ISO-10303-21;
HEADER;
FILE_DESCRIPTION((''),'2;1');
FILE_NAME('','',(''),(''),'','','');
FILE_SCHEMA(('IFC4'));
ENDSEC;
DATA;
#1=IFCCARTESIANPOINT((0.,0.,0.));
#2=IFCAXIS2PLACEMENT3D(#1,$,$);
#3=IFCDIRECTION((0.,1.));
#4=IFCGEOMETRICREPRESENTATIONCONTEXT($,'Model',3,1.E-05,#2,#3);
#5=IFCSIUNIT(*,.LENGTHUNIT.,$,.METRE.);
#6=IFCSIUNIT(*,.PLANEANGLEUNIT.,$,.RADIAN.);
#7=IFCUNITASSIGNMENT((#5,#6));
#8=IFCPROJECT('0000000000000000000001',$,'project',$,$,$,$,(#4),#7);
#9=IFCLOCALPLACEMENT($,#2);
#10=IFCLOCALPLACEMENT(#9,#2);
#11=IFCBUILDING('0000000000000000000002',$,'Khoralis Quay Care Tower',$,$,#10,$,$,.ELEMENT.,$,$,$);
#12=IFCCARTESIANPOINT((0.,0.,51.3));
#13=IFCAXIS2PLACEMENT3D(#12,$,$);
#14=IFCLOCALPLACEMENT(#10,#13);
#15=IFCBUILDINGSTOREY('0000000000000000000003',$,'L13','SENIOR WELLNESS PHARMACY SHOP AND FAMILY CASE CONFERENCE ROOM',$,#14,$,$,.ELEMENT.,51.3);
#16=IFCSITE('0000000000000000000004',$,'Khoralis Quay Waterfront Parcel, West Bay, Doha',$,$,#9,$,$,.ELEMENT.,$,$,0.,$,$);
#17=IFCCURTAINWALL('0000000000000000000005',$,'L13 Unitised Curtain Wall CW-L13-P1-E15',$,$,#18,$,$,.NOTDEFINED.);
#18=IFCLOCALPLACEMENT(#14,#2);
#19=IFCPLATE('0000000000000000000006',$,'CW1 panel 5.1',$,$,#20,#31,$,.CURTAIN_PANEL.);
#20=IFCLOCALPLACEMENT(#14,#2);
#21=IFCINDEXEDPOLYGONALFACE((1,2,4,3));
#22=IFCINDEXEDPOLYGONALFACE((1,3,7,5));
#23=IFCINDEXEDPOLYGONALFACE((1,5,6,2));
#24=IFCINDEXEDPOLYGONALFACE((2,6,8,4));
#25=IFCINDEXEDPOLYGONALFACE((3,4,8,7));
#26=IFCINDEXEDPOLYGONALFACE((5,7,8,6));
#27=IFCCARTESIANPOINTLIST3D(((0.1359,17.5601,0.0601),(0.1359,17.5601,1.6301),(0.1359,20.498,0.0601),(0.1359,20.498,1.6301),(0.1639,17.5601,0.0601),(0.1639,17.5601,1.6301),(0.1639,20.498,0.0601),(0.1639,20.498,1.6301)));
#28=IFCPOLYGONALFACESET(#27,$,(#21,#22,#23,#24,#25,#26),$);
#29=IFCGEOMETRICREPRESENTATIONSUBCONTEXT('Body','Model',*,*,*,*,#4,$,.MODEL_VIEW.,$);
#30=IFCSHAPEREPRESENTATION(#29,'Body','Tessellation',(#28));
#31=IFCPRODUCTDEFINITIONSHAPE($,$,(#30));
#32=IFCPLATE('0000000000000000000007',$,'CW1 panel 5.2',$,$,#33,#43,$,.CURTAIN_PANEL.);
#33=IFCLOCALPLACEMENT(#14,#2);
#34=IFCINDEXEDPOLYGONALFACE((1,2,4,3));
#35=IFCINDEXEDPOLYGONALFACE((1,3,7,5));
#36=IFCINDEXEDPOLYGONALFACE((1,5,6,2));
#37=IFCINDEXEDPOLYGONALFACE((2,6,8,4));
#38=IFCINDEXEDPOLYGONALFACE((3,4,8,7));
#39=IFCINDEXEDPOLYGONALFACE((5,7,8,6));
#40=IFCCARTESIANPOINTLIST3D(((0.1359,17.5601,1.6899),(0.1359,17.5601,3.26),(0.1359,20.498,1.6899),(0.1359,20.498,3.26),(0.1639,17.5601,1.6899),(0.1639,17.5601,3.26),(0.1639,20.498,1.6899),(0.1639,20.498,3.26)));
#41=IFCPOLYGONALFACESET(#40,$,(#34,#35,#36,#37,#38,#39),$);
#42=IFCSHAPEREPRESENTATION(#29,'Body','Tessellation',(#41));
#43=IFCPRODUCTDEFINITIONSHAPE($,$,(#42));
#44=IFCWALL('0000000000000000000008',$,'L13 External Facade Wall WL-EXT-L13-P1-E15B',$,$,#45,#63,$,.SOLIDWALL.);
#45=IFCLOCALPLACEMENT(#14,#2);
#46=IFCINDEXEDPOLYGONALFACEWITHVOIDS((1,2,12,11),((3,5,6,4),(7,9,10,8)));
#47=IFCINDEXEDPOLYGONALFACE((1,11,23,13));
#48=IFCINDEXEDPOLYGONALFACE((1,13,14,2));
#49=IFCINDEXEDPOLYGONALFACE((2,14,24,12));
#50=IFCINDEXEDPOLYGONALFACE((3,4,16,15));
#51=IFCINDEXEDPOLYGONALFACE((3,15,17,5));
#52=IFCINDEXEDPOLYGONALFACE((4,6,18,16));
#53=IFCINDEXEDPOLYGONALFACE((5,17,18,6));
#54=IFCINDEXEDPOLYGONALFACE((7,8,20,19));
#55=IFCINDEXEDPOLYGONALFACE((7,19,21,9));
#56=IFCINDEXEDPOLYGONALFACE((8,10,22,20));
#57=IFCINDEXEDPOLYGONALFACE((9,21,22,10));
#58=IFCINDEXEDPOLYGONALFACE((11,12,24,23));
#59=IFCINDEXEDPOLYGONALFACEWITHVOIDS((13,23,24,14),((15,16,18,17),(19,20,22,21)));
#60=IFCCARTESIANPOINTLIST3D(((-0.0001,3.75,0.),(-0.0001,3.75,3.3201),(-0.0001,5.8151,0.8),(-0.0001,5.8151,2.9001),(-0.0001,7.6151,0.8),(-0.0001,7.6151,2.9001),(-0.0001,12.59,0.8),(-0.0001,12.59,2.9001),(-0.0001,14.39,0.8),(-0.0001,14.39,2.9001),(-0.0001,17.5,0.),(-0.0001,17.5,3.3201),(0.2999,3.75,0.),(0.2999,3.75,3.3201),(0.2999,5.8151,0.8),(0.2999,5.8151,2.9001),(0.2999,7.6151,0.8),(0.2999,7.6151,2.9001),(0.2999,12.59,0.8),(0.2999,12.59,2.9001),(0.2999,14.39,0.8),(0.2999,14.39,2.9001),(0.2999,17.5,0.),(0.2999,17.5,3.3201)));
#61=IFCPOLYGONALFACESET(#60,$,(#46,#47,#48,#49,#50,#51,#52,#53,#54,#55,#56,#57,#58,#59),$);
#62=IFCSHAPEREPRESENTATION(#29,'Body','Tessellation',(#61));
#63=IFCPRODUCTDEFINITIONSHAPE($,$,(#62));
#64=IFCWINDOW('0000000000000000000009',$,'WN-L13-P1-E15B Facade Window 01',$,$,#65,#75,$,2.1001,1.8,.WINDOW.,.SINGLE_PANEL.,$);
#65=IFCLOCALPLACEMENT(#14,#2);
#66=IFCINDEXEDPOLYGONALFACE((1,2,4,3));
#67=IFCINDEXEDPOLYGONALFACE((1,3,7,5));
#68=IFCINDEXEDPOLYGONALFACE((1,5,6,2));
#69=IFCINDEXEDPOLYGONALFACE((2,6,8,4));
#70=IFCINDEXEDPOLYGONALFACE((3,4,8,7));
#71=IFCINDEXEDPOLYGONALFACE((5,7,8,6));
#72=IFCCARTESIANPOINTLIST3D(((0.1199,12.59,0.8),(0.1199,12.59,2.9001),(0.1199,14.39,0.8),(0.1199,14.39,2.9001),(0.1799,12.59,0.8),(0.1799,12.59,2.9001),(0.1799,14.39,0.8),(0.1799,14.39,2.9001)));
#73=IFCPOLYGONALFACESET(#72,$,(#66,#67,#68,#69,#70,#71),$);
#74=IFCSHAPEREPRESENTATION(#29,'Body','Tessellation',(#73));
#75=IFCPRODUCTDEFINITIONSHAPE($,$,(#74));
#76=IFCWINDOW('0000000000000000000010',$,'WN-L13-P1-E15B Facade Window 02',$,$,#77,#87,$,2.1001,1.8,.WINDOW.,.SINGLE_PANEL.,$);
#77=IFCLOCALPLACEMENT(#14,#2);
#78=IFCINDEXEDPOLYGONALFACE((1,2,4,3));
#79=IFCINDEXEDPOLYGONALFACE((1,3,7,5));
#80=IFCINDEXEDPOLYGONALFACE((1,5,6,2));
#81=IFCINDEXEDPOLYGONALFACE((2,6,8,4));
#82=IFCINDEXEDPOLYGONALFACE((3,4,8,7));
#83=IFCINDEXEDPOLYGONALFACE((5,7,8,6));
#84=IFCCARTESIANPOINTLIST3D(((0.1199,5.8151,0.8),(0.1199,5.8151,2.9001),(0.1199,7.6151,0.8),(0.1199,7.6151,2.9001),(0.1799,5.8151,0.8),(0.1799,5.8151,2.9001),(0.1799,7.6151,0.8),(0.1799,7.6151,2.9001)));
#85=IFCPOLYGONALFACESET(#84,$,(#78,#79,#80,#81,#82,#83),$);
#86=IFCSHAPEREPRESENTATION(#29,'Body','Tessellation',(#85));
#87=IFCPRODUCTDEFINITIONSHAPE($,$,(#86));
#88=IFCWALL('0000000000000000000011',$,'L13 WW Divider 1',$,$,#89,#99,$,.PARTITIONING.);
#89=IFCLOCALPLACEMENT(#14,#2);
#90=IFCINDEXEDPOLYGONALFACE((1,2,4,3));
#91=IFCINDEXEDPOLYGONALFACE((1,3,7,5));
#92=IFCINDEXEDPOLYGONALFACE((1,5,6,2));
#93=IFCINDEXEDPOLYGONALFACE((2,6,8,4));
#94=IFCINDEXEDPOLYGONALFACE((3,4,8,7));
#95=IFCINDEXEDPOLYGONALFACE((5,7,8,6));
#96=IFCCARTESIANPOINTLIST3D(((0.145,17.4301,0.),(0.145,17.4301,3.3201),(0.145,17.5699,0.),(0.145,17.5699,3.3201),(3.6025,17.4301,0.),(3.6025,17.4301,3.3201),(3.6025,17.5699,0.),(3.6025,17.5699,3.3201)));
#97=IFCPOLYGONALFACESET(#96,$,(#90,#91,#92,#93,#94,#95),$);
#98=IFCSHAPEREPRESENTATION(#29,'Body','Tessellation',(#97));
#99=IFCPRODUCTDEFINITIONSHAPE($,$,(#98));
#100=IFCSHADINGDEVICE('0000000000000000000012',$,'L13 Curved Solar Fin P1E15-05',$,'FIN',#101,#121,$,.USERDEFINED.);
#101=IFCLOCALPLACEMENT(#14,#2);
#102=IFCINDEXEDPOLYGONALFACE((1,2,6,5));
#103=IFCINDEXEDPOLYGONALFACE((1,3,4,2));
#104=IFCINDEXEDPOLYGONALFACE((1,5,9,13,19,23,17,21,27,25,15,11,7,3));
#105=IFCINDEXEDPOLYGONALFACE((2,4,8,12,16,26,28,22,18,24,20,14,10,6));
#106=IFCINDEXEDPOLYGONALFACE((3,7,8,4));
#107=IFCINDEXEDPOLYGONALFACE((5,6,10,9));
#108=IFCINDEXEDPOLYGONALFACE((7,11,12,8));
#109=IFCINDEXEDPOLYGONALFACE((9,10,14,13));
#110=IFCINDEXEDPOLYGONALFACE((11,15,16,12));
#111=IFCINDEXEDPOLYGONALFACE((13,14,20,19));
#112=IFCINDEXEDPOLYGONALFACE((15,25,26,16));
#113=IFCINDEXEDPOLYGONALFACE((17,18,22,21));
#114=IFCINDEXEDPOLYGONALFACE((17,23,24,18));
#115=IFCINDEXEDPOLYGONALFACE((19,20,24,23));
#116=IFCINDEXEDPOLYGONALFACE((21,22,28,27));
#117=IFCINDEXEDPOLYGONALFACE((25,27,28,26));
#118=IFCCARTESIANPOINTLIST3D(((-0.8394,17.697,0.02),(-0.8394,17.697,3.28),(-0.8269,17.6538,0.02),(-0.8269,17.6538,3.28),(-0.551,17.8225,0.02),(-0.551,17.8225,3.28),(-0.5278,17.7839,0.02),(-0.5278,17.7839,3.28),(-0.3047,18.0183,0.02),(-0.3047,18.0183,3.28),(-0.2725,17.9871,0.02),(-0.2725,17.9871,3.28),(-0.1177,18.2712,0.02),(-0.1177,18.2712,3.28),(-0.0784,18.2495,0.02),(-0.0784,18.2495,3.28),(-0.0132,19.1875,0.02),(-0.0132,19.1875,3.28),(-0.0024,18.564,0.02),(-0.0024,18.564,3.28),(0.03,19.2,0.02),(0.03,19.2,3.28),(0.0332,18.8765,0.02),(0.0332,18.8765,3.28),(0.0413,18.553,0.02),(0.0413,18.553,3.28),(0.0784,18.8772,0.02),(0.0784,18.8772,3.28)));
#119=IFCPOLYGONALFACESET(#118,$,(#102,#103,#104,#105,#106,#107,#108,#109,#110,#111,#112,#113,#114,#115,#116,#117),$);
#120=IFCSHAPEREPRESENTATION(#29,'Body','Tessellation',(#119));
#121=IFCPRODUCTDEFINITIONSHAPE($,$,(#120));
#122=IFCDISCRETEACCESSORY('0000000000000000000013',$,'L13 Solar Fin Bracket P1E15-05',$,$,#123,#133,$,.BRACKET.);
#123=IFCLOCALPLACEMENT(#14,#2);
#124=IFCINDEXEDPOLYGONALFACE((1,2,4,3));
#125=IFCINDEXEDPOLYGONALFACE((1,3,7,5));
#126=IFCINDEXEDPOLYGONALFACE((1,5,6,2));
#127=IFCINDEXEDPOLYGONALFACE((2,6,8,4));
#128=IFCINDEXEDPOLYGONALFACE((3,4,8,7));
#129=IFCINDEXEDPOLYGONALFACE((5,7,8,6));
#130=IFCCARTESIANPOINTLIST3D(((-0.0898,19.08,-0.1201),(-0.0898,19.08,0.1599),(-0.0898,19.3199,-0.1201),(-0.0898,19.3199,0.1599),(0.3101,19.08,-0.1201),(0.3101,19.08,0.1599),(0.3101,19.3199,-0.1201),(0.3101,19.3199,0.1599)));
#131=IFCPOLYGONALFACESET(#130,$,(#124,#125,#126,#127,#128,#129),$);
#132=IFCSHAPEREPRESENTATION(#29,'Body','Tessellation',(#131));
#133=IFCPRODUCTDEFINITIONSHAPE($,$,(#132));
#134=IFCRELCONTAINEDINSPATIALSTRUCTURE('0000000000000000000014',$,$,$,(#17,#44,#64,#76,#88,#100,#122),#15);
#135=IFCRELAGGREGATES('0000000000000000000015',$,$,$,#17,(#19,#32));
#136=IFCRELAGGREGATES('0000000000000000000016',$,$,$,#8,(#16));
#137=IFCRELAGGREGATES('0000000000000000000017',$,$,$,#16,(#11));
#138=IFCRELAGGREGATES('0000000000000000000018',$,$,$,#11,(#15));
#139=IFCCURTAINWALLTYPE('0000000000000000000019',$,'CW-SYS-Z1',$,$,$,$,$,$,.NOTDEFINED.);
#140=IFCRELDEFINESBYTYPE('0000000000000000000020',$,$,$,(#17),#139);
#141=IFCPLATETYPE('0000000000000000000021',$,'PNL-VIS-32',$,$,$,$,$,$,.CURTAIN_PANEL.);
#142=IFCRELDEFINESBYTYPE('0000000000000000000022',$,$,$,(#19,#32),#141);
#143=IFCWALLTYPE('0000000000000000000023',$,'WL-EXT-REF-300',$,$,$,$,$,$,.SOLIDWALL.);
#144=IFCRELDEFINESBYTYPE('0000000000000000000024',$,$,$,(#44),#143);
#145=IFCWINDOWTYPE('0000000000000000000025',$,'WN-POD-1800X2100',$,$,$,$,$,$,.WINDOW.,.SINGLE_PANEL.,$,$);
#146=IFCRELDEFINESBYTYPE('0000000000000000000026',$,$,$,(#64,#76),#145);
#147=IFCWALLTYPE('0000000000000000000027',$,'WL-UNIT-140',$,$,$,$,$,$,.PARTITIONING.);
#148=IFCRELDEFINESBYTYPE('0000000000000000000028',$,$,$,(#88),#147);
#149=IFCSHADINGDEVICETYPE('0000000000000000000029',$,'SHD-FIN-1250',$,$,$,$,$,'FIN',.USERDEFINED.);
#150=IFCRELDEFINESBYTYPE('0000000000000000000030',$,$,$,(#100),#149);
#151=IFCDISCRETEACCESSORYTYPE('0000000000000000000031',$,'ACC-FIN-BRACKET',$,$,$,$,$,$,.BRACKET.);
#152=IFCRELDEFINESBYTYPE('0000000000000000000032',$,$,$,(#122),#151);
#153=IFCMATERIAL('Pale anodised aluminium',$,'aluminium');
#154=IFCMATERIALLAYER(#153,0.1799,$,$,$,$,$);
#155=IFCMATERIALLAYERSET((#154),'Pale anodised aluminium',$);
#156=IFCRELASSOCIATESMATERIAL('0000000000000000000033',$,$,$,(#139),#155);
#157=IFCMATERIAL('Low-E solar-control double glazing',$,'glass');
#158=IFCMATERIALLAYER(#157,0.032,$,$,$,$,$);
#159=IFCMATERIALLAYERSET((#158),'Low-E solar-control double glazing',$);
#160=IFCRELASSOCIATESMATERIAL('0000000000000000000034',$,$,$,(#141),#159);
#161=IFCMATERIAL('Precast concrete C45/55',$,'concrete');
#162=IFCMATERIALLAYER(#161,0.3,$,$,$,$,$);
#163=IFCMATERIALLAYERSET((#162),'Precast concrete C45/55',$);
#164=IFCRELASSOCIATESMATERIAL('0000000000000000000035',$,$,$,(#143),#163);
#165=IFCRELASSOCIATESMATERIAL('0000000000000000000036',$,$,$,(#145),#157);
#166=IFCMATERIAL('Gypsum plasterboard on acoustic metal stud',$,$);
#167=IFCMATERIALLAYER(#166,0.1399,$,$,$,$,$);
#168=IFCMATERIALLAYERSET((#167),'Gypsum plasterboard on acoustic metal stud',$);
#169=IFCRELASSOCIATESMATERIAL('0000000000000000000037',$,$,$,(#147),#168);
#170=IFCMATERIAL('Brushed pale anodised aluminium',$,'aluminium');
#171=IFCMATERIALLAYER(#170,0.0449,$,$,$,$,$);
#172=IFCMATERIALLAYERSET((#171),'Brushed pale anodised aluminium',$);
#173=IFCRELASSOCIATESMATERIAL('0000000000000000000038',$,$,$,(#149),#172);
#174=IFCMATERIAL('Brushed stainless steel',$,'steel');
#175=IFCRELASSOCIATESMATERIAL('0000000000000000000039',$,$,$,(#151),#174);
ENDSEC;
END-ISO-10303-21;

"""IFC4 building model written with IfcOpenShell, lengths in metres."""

from ifc_helpers import new_model, si_unit, direction, frame, frame_2d, origin, origin_2d, place, context, subcontext, project, spatial, polyline, rectangle, outline, extrude, source, transform, mapped, material, layer, layer_set, type_object, element, fill, aggregate, save


model = new_model("IFC4")

# Units and contexts
model_context = context("Model", 3, precision=1e-05, world=origin(), true_north=direction((0.0, 1.0)))
body_context = subcontext(model_context, "Body", "Model", "MODEL_VIEW")
ifc_project = project(units=[si_unit("LENGTHUNIT", "METRE"), si_unit("PLANEANGLEUNIT", "RADIAN")], contexts=[model_context])

# Site, building, storey
site_placement = place(None, origin())
site = spatial("IfcSite", under=ifc_project, at=site_placement, Name="Khoralis Quay Waterfront Parcel, West Bay, Doha", CompositionType="ELEMENT", RefElevation=0.0)
building_placement = place(site_placement, origin())
building = spatial("IfcBuilding", under=site, at=building_placement, Name="Khoralis Quay Care Tower", CompositionType="ELEMENT")
storey_placement = place(building_placement, frame((0.0, 0.0, 51.3)))
storey = spatial("IfcBuildingStorey", under=building, at=storey_placement, Name="L13", Description="SENIOR WELLNESS PHARMACY SHOP AND FAMILY CASE CONFERENCE ROOM", CompositionType="ELEMENT", Elevation=51.3)

# Curtain wall, plates
ifc_material_1 = material(Name="Pale anodised aluminium", Category="aluminium")
ifc_layer_1 = layer(ifc_material_1, 0.1799)
ifc_layer_set_1 = layer_set([ifc_layer_1], Name="Pale anodised aluminium")
curtain_wall_type = type_object("IfcCurtainWallType", Name="CW-SYS-Z1", PredefinedType="NOTDEFINED", material=ifc_layer_set_1)
curtain_wall_placement = place(storey_placement, origin())
curtain_wall = element("IfcCurtainWall", 1, at=curtain_wall_placement, inside=storey, type_object=curtain_wall_type, Name="L13 Unitised Curtain Wall CW-L13-P1-E15", PredefinedType="NOTDEFINED")
ifc_material_2 = material(Name="Low-E solar-control double glazing", Category="glass")
ifc_layer_2 = layer(ifc_material_2, 0.032)
ifc_layer_set_2 = layer_set([ifc_layer_2], Name="Low-E solar-control double glazing")
plate_type = type_object("IfcPlateType", Name="PNL-VIS-32", PredefinedType="CURTAIN_PANEL", material=ifc_layer_set_2)
shared_shape_1 = source(origin(), body_context, "Body", "SweptSolid", [
    extrude(rectangle(XDim=2.938, YDim=0.0281, at=origin_2d()), origin(), (0.0, 0.0, 1.0), 1.5701),
])
plate_1_placement = place(storey_placement, frame((0.1499, 19.0291, 0.0601), z_axis=(0.0, 0.0, 1.0), x_axis=(0.0, -1.0, 0.0)))
plate_1 = element("IfcPlate", 2, at=plate_1_placement, type_object=plate_type, Name="CW1 panel 5.1", PredefinedType="CURTAIN_PANEL", context=body_context, shape_type="MappedRepresentation", body=[
    mapped(shared_shape_1, transform((0.0, 0.0, 0.0), scale=1.0)),
])
plate_2_placement = place(storey_placement, frame((0.1499, 19.0291, 1.6899), z_axis=(0.0, 0.0, 1.0), x_axis=(0.0, -1.0, 0.0)))
plate_2 = element("IfcPlate", 3, at=plate_2_placement, type_object=plate_type, Name="CW1 panel 5.2", PredefinedType="CURTAIN_PANEL", context=body_context, shape_type="MappedRepresentation", body=[
    mapped(shared_shape_1, transform((0.0, 0.0, 0.0), scale=1.0)),
])
aggregate(curtain_wall, [plate_1, plate_2])

# Wall, openings, windows
ifc_material_3 = material(Name="Precast concrete C45/55", Category="concrete")
ifc_layer_3 = layer(ifc_material_3, 0.3)
ifc_layer_set_3 = layer_set([ifc_layer_3], Name="Precast concrete C45/55")
wall_type_1 = type_object("IfcWallType", Name="WL-EXT-REF-300", PredefinedType="SOLIDWALL", material=ifc_layer_set_3)
wall_1_placement = place(storey_placement, frame((0.1499, 17.5, 0.0), z_axis=(0.0, 0.0, 1.0), x_axis=(0.0, -1.0, 0.0)))
wall_1 = element("IfcWall", 4, at=wall_1_placement, inside=storey, type_object=wall_type_1, Name="L13 External Facade Wall WL-EXT-L13-P1-E15B", PredefinedType="SOLIDWALL", context=body_context, shape_type="SweptSolid", body=[
    extrude(rectangle(XDim=13.75, YDim=0.3, at=frame_2d((6.875, 0.0))), origin(), (0.0, 0.0, 1.0), 3.3201),
])
opening_1_placement = place(wall_1_placement, frame((3.1101, 0.0, 0.8)))
opening_1 = element("IfcOpeningElement", 5, at=opening_1_placement, cuts=wall_1, PredefinedType="OPENING", context=body_context, shape_type="SweptSolid", body=[
    extrude(rectangle(XDim=1.8, YDim=2.1001, at=frame_2d((0.8999, 1.05))), frame((0.0, 0.1602, 0.0), z_axis=(0.0, -1.0, 0.0), x_axis=(1.0, 0.0, 0.0)), (0.0, 0.0, 1.0), 0.3201),
])
opening_2_placement = place(wall_1_placement, frame((9.885, 0.0, 0.8)))
opening_2 = element("IfcOpeningElement", 6, at=opening_2_placement, cuts=wall_1, PredefinedType="OPENING", context=body_context, shape_type="SweptSolid", body=[
    extrude(rectangle(XDim=1.8, YDim=2.1001, at=frame_2d((0.8999, 1.05))), frame((0.0, 0.1602, 0.0), z_axis=(0.0, -1.0, 0.0), x_axis=(1.0, 0.0, 0.0)), (0.0, 0.0, 1.0), 0.3201),
])
window_type = type_object("IfcWindowType", Name="WN-POD-1800X2100", PartitioningType="SINGLE_PANEL", PredefinedType="WINDOW", material=ifc_material_2)
shared_shape_2 = source(origin(), body_context, "Body", "SweptSolid", [
    extrude(rectangle(XDim=1.8, YDim=2.1001, at=frame_2d((0.8999, 1.05))), frame((0.0, 0.03, 0.0), z_axis=(0.0, -1.0, 0.0), x_axis=(1.0, 0.0, 0.0)), (0.0, 0.0, 1.0), 0.0601),
])
window_1_placement = place(opening_1_placement, origin())
window_1 = element("IfcWindow", 7, at=window_1_placement, inside=storey, type_object=window_type, Name="WN-L13-P1-E15B Facade Window 01", OverallHeight=2.1001, OverallWidth=1.8, PartitioningType="SINGLE_PANEL", PredefinedType="WINDOW", context=body_context, shape_type="MappedRepresentation", body=[
    mapped(shared_shape_2, transform((0.0, 0.0, 0.0), scale=1.0)),
])
fill(opening_1, window_1)
window_2_placement = place(opening_2_placement, origin())
window_2 = element("IfcWindow", 8, at=window_2_placement, inside=storey, type_object=window_type, Name="WN-L13-P1-E15B Facade Window 02", OverallHeight=2.1001, OverallWidth=1.8, PartitioningType="SINGLE_PANEL", PredefinedType="WINDOW", context=body_context, shape_type="MappedRepresentation", body=[
    mapped(shared_shape_2, transform((0.0, 0.0, 0.0), scale=1.0)),
])
fill(opening_2, window_2)

# Wall
ifc_material_4 = material(Name="Gypsum plasterboard on acoustic metal stud")
ifc_layer_4 = layer(ifc_material_4, 0.1399)
ifc_layer_set_4 = layer_set([ifc_layer_4], Name="Gypsum plasterboard on acoustic metal stud")
wall_type_2 = type_object("IfcWallType", Name="WL-UNIT-140", PredefinedType="PARTITIONING", material=ifc_layer_set_4)
wall_2_placement = place(storey_placement, frame((0.145, 17.5, 0.0), z_axis=(0.0, 0.0, 1.0), x_axis=(1.0, 0.0, 0.0)))
element("IfcWall", 9, at=wall_2_placement, inside=storey, type_object=wall_type_2, Name="L13 WW Divider 1", PredefinedType="PARTITIONING", context=body_context, shape_type="SweptSolid", body=[
    extrude(rectangle(XDim=3.4575, YDim=0.1399, at=frame_2d((1.7288, 0.0))), origin(), (0.0, 0.0, 1.0), 3.3201),
])

# Shading device
ifc_material_5 = material(Name="Brushed pale anodised aluminium", Category="aluminium")
ifc_layer_5 = layer(ifc_material_5, 0.0449)
ifc_layer_set_5 = layer_set([ifc_layer_5], Name="Brushed pale anodised aluminium")
shading_device_type = type_object("IfcShadingDeviceType", Name="SHD-FIN-1250", ElementType="FIN", PredefinedType="USERDEFINED", material=ifc_layer_set_5)
shared_shape_3 = source(origin(), body_context, "Body", "SweptSolid", [
    extrude(outline(polyline([(0.0, 0.0), (-0.0483, 0.3228), (-0.0112, 0.647), (0.1084, 0.9504), (0.3025, 1.2129), (0.5579, 1.416), (0.8569, 1.5461), (0.8694, 1.5029), (0.5811, 1.3774), (0.3347, 1.1816), (0.1477, 0.9287), (0.0325, 0.636), (-0.0032, 0.3235), (0.0432, 0.0125), (0.0, 0.0)])), origin(), (0.0, 0.0, 1.0), 3.26),
])
shading_device_placement = place(storey_placement, frame((0.03, 19.2, 0.02), z_axis=(0.0, 0.0, 1.0), x_axis=(-1.0, 0.0, 0.0)))
element("IfcShadingDevice", 10, at=shading_device_placement, inside=storey, type_object=shading_device_type, Name="L13 Curved Solar Fin P1E15-05", ObjectType="FIN", PredefinedType="USERDEFINED", context=body_context, shape_type="MappedRepresentation", body=[
    mapped(shared_shape_3, transform((0.0, 0.0, 0.0), scale=1.0)),
])

# Discrete accessory
ifc_material_6 = material(Name="Brushed stainless steel", Category="steel")
discrete_accessory_type = type_object("IfcDiscreteAccessoryType", Name="ACC-FIN-BRACKET", PredefinedType="BRACKET", material=ifc_material_6)
shared_shape_4 = source(origin(), body_context, "Body", "SweptSolid", [
    extrude(rectangle(XDim=0.3999, YDim=0.24, at=origin_2d()), origin(), (0.0, 0.0, 1.0), 0.28),
])
discrete_accessory_placement = place(storey_placement, frame((0.1101, 19.2, -0.1201), z_axis=(0.0, 0.0, 1.0), x_axis=(-1.0, 0.0, 0.0)))
element("IfcDiscreteAccessory", 11, at=discrete_accessory_placement, inside=storey, type_object=discrete_accessory_type, Name="L13 Solar Fin Bracket P1E15-05", PredefinedType="BRACKET", context=body_context, shape_type="MappedRepresentation", body=[
    mapped(shared_shape_4, transform((0.0, 0.0, 0.0), scale=1.0)),
])

save(model, "model.ifc")
